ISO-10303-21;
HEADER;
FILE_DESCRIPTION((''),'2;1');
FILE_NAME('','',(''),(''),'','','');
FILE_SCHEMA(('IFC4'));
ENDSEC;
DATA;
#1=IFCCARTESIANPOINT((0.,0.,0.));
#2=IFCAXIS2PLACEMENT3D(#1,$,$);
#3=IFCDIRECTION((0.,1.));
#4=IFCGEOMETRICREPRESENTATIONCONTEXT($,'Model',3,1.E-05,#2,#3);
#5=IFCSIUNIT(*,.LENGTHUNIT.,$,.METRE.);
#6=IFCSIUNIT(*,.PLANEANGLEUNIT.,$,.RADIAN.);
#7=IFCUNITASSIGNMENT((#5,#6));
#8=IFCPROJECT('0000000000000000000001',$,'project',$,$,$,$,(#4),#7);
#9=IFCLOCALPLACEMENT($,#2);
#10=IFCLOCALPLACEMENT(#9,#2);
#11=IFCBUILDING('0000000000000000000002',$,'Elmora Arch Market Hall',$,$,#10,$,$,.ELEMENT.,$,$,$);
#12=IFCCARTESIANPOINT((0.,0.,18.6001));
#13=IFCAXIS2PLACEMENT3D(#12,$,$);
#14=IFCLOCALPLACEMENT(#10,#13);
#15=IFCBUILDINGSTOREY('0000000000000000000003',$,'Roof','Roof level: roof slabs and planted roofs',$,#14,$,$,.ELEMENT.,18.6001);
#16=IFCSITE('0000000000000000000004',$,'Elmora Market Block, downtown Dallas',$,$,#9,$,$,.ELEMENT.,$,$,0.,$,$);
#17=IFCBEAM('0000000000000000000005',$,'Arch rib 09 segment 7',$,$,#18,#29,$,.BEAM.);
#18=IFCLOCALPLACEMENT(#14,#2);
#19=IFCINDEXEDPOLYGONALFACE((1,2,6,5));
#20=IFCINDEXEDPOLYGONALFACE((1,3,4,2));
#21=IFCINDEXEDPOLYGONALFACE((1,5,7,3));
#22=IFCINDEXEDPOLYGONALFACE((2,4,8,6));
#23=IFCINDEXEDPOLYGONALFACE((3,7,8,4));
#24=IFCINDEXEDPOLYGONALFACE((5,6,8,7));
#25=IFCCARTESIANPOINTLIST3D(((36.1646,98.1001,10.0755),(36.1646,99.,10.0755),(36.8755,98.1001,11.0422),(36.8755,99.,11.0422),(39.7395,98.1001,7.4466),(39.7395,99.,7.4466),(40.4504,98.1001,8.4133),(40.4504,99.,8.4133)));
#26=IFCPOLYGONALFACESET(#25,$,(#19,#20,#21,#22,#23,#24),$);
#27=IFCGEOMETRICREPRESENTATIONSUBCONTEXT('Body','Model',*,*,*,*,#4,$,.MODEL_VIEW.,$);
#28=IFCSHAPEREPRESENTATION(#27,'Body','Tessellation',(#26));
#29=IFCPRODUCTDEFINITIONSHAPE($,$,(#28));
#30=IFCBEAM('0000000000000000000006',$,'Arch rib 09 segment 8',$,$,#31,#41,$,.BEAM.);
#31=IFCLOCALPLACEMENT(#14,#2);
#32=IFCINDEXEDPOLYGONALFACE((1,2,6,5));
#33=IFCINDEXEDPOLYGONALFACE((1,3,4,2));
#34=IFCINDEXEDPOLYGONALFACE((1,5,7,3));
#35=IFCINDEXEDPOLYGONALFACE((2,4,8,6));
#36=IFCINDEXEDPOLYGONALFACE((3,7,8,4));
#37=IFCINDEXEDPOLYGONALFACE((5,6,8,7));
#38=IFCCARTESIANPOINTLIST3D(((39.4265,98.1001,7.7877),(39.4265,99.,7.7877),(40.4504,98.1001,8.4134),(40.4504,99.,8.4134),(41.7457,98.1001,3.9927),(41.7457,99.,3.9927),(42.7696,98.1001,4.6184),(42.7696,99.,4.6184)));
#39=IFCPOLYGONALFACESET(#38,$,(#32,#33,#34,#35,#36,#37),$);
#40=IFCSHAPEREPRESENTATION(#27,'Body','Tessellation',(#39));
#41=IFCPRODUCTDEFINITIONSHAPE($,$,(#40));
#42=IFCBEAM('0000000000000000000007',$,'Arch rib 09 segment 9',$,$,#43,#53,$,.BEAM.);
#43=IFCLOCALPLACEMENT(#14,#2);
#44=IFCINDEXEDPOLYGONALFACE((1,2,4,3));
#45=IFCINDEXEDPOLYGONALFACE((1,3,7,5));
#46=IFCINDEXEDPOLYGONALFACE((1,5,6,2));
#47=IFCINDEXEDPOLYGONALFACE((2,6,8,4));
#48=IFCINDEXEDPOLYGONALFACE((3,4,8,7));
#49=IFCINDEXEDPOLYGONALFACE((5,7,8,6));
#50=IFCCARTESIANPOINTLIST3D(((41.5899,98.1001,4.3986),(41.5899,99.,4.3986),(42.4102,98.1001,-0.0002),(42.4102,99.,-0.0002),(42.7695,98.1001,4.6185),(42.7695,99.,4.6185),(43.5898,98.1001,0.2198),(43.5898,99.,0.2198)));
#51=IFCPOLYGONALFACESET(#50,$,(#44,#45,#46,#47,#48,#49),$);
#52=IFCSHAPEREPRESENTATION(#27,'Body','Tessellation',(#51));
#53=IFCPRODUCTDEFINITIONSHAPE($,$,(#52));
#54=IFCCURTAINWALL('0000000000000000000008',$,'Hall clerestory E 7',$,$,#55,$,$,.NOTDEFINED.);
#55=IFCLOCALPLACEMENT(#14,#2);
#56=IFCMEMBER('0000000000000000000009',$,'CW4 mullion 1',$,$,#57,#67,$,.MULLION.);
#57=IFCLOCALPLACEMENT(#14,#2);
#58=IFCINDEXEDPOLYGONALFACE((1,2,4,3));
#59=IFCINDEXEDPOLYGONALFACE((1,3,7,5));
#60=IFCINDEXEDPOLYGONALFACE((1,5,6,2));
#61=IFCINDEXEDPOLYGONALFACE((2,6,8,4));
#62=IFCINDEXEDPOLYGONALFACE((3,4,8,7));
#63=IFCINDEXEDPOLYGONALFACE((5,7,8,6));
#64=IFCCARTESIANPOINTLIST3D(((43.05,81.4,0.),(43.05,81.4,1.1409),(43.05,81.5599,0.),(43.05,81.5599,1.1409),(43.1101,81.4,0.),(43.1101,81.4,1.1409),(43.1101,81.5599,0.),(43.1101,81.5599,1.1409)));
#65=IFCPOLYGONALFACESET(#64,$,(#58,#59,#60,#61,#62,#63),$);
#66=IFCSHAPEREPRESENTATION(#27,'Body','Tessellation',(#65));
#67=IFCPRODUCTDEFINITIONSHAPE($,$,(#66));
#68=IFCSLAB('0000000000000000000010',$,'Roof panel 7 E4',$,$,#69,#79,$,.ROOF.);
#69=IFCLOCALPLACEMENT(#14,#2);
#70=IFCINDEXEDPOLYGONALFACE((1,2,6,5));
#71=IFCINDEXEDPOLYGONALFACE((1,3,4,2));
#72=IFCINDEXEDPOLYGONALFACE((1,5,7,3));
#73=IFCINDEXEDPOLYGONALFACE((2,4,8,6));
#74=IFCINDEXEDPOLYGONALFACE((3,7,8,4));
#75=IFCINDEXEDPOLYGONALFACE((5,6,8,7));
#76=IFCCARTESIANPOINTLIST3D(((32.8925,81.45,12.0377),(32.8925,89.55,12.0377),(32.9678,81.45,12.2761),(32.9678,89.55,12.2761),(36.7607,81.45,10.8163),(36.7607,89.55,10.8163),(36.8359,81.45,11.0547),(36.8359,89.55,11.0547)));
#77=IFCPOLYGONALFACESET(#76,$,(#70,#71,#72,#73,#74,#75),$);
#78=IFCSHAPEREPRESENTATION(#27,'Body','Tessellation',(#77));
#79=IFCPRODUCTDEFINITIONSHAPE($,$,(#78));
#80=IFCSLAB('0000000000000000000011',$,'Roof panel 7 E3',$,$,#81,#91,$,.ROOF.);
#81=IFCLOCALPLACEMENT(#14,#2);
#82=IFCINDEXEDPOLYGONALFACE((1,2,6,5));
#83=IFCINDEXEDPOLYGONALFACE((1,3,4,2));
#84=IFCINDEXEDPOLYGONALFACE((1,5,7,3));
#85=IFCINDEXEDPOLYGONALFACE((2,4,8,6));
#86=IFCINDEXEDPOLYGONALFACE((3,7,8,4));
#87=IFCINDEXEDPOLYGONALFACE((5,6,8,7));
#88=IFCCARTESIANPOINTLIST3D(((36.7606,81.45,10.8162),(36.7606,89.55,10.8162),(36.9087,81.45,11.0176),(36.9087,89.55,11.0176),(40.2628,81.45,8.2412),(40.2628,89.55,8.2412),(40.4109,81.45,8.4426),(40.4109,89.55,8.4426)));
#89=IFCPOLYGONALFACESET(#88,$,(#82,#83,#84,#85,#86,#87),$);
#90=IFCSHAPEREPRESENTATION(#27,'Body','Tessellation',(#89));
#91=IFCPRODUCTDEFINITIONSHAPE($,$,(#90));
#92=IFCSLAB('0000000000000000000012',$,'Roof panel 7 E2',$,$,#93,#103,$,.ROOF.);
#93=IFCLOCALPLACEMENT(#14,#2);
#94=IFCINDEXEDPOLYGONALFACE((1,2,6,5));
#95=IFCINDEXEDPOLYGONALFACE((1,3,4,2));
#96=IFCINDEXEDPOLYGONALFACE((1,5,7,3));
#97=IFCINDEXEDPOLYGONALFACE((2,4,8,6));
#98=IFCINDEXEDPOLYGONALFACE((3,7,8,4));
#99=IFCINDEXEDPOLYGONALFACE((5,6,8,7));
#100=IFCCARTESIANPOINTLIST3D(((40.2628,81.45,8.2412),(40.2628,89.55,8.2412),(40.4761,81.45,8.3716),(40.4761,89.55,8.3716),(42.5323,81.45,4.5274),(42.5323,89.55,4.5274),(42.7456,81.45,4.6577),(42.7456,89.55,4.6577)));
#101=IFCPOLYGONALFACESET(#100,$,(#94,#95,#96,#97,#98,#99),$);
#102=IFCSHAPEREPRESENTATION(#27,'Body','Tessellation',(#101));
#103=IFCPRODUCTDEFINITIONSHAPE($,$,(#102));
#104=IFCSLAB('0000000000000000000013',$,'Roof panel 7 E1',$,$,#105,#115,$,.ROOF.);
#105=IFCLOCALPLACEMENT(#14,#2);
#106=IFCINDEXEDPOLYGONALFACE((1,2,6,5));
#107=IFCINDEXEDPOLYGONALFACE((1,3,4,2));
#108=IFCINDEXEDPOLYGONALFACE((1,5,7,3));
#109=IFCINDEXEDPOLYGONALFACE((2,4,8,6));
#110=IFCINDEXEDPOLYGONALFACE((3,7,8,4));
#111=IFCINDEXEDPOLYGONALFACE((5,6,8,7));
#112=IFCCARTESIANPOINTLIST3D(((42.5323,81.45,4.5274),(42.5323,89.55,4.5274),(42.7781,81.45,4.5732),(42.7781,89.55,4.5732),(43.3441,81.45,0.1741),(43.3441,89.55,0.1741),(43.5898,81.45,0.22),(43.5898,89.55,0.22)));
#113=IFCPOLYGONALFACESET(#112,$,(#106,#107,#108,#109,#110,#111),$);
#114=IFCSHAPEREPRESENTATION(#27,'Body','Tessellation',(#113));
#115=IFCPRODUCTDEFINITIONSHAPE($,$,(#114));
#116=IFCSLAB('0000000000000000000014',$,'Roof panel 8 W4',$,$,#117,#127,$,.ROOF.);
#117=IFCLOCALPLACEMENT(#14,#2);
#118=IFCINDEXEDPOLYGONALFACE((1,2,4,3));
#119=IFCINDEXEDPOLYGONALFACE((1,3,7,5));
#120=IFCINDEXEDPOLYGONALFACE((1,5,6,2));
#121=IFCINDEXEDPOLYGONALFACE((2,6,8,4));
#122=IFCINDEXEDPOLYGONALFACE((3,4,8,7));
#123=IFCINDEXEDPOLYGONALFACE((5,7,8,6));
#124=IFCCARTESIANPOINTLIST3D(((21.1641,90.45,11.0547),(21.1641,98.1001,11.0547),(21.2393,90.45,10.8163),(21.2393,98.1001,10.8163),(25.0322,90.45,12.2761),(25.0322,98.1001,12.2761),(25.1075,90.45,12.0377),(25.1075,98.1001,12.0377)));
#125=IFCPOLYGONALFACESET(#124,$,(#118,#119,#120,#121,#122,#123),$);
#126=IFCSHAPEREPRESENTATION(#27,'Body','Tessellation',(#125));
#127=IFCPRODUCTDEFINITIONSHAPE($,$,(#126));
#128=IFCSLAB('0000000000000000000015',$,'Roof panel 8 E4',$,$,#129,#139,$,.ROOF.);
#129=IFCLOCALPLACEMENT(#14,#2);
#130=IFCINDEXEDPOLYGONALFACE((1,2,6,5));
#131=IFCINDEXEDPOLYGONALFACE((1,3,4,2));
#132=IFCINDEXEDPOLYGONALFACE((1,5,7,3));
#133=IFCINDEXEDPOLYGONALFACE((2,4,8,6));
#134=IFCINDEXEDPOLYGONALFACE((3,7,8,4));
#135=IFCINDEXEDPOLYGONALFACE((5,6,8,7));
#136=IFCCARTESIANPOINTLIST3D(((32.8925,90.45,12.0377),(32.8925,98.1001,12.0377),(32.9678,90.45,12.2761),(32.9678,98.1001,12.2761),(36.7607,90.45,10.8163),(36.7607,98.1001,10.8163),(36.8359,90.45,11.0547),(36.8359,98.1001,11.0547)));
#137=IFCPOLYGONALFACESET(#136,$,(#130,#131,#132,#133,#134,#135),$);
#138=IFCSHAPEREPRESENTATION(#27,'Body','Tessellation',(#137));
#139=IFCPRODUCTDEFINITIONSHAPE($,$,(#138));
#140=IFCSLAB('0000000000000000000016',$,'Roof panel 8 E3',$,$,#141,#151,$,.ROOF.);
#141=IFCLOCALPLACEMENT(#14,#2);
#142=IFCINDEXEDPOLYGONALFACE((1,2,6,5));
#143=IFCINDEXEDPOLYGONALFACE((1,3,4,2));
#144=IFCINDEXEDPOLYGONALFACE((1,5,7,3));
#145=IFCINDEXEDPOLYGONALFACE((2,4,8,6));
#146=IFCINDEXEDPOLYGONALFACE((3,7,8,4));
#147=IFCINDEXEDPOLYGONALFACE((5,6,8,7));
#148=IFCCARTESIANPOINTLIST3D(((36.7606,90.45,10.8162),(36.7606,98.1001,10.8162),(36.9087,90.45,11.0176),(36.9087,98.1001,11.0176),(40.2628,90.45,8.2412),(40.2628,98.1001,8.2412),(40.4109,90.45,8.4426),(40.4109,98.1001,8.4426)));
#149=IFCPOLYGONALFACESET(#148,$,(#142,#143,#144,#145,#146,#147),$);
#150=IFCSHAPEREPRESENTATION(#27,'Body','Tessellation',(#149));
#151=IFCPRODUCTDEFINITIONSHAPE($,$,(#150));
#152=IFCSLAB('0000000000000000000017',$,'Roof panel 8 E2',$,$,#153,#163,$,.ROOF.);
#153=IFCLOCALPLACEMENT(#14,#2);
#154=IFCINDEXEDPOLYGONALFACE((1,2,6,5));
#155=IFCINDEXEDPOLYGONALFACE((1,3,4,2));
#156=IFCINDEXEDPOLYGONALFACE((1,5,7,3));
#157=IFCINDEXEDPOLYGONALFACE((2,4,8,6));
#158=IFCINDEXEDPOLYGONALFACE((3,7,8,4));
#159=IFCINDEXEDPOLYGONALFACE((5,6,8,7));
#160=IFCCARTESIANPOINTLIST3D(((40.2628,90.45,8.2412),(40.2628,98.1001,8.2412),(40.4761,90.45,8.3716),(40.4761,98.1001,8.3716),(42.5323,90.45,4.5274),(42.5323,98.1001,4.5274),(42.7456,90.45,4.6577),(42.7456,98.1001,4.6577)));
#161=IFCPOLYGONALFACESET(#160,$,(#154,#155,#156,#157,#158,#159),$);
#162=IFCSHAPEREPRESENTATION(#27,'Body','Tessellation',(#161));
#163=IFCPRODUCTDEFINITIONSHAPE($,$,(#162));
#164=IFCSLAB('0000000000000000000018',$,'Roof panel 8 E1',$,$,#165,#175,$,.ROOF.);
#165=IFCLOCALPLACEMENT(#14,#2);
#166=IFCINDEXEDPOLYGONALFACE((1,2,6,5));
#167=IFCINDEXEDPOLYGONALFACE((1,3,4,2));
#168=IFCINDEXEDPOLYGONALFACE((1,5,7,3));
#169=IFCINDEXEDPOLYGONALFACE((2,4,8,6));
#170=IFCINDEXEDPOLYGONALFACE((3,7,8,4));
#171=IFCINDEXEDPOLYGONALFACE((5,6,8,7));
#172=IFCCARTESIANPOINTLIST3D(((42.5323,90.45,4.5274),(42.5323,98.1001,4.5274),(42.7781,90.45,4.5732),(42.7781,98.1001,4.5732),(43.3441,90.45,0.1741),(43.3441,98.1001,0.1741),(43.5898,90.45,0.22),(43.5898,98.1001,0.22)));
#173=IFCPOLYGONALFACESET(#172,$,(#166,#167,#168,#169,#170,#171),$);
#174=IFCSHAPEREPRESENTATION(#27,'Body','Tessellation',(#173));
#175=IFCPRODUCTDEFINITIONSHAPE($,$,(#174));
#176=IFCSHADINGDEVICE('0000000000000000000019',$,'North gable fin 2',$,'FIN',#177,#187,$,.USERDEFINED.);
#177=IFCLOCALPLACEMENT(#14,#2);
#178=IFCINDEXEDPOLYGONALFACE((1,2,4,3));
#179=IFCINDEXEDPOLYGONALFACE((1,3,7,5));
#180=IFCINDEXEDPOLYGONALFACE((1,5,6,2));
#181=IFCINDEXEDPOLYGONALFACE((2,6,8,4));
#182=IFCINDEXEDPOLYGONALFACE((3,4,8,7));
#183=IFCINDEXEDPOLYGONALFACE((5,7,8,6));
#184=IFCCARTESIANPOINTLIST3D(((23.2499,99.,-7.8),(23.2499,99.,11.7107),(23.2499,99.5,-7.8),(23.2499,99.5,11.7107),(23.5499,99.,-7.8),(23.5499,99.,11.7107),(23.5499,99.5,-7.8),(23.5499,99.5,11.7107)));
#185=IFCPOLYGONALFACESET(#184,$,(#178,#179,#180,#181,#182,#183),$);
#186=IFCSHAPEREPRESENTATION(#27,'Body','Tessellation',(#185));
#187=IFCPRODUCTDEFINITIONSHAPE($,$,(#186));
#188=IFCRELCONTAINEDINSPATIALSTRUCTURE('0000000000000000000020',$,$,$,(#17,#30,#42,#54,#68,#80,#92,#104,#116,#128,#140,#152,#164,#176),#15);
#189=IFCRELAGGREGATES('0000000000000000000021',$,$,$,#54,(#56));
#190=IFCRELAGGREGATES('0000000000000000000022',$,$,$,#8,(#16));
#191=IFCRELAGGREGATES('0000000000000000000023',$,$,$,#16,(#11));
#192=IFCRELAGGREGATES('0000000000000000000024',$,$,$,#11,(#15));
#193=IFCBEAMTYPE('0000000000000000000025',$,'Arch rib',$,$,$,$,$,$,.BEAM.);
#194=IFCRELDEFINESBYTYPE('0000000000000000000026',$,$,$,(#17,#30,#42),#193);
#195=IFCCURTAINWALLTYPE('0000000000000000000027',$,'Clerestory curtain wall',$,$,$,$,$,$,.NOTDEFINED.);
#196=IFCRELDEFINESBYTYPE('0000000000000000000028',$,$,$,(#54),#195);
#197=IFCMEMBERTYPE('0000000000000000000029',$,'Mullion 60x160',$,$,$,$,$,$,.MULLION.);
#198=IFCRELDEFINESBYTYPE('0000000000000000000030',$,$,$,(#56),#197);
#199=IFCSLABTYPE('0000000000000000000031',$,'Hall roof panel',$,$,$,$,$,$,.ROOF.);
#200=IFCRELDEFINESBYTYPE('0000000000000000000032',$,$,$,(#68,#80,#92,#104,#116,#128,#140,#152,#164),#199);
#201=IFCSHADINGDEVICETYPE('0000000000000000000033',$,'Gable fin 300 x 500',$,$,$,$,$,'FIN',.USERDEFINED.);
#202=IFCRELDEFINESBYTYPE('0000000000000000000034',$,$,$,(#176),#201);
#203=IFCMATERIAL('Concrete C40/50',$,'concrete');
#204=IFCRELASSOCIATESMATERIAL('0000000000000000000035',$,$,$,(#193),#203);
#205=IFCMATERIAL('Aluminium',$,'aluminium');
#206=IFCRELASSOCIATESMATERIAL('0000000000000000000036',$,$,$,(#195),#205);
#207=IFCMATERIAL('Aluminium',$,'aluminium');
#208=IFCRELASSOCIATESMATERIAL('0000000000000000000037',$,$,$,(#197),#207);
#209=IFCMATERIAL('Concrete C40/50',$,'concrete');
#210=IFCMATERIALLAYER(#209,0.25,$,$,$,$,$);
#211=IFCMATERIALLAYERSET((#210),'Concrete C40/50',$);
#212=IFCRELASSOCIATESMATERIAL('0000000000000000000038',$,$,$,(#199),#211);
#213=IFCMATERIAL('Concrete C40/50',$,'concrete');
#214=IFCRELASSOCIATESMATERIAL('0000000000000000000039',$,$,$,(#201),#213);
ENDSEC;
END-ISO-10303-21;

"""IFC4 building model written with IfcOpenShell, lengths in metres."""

from ifc_helpers import new_model, si_unit, direction, frame, origin, origin_2d, place, context, subcontext, project, spatial, polyline, rectangle, outline, extrude, material, layer, layer_set, material_profile, profile_set, type_object, element, aggregate, save


model = new_model("IFC4")

# Units and contexts
model_context = context("Model", 3, precision=1e-05, world=origin(), true_north=direction((0.0, 1.0)))
body_context = subcontext(model_context, "Body", "Model", "MODEL_VIEW")
ifc_project = project(units=[si_unit("LENGTHUNIT", "METRE"), si_unit("PLANEANGLEUNIT", "RADIAN")], contexts=[model_context])

# Site, building, storey
site_placement = place(None, origin())
site = spatial("IfcSite", under=ifc_project, at=site_placement, Name="Elmora Market Block, downtown Dallas", CompositionType="ELEMENT", RefElevation=0.0)
building_placement = place(site_placement, origin())
building = spatial("IfcBuilding", under=site, at=building_placement, Name="Elmora Arch Market Hall", CompositionType="ELEMENT")
storey_placement = place(building_placement, frame((0.0, 0.0, 18.6001)))
storey = spatial("IfcBuildingStorey", under=building, at=storey_placement, Name="Roof", Description="Roof level: roof slabs and planted roofs", CompositionType="ELEMENT", Elevation=18.6001)

# Beams
ifc_material_1 = material(Name="Concrete C40/50", Category="concrete")
ifc_material_profile_1 = material_profile(ifc_material_1, rectangle(XDim=0.8999, YDim=1.2, at=origin_2d()), Name="Arch rib")
ifc_profile_set_1 = profile_set([ifc_material_profile_1], Name="Concrete C40/50")
beam_type = type_object("IfcBeamType", Name="Arch rib", PredefinedType="BEAM", material=ifc_profile_set_1)
beam_1_placement = place(storey_placement, frame((36.52, 98.55, 10.5588), z_axis=(0.805622, 0.0, -0.592429), x_axis=(0.0, 1.0, 0.0)))
element("IfcBeam", 1, at=beam_1_placement, inside=storey, type_object=beam_type, Name="Arch rib 09 segment 7", PredefinedType="BEAM", context=body_context, shape_type="SweptSolid", body=[
    extrude(rectangle(XDim=0.8999, YDim=1.2, at=origin_2d()), origin(), (0.0, 0.0, 1.0), 4.4375),
])
beam_2_placement = place(storey_placement, frame((39.9385, 98.55, 8.1006), z_axis=(0.521446, 0.0, -0.853285), x_axis=(0.0, 1.0, 0.0)))
element("IfcBeam", 2, at=beam_2_placement, inside=storey, type_object=beam_type, Name="Arch rib 09 segment 8", PredefinedType="BEAM", context=body_context, shape_type="SweptSolid", body=[
    extrude(rectangle(XDim=0.8999, YDim=1.2, at=origin_2d()), origin(), (0.0, 0.0, 1.0), 4.4475),
])
beam_3_placement = place(storey_placement, frame((42.1797, 98.55, 4.5085), z_axis=(0.18333, 0.0, -0.983051), x_axis=(0.0, 1.0, 0.0)))
element("IfcBeam", 3, at=beam_3_placement, inside=storey, type_object=beam_type, Name="Arch rib 09 segment 9", PredefinedType="BEAM", context=body_context, shape_type="SweptSolid", body=[
    extrude(rectangle(XDim=0.8999, YDim=1.2, at=origin_2d()), origin(), (0.0, 0.0, 1.0), 4.4746),
])

# Curtain wall, member
ifc_material_2 = material(Name="Aluminium", Category="aluminium")
curtain_wall_type = type_object("IfcCurtainWallType", Name="Clerestory curtain wall", PredefinedType="NOTDEFINED", material=ifc_material_2)
curtain_wall_placement = place(storey_placement, origin())
curtain_wall = element("IfcCurtainWall", 4, at=curtain_wall_placement, inside=storey, type_object=curtain_wall_type, Name="Hall clerestory E 7", PredefinedType="NOTDEFINED")
ifc_material_3 = material(Name="Aluminium", Category="aluminium")
ifc_material_profile_2 = material_profile(ifc_material_3, rectangle(XDim=0.0601, YDim=0.1599, at=origin_2d()), Name="AL 60x160")
ifc_profile_set_2 = profile_set([ifc_material_profile_2], Name="Aluminium")
member_type = type_object("IfcMemberType", Name="Mullion 60x160", PredefinedType="MULLION", material=ifc_profile_set_2)
member_placement = place(storey_placement, frame((43.0801, 81.48, 0.0), z_axis=(0.0, 0.0, 1.0), x_axis=(-1.0, 0.0, 0.0)))
member = element("IfcMember", 5, at=member_placement, type_object=member_type, Name="CW4 mullion 1", PredefinedType="MULLION", context=body_context, shape_type="SweptSolid", body=[
    extrude(rectangle(XDim=0.0601, YDim=0.1599, at=origin_2d()), origin(), (0.0, 0.0, 1.0), 1.1409),
])
aggregate(curtain_wall, [member])

# Slabs
ifc_material_4 = material(Name="Concrete C40/50", Category="concrete")
ifc_layer = layer(ifc_material_4, 0.25)
ifc_layer_set = layer_set([ifc_layer], Name="Concrete C40/50")
slab_type = type_object("IfcSlabType", Name="Hall roof panel", PredefinedType="ROOF", material=ifc_layer_set)
slab_1_placement = place(storey_placement, frame((32.9678, 81.45, 12.2761), z_axis=(0.301111, 0.0, 0.953589), x_axis=(0.0, 1.0, 0.0)))
element("IfcSlab", 6, at=slab_1_placement, inside=storey, type_object=slab_type, Name="Roof panel 7 E4", PredefinedType="ROOF", context=body_context, shape_type="SweptSolid", body=[
    extrude(outline(polyline([(0.0, 0.0), (8.1001, 0.0), (8.1001, -4.0564), (0.0, -4.0564), (0.0, 0.0)])), origin(), (0.0, 0.0, -1.0), 0.25),
])
slab_2_placement = place(storey_placement, frame((36.9087, 81.45, 11.0176), z_axis=(0.592362, 0.0, 0.805672), x_axis=(0.0, 1.0, 0.0)))
element("IfcSlab", 7, at=slab_2_placement, inside=storey, type_object=slab_type, Name="Roof panel 7 E3", PredefinedType="ROOF", context=body_context, shape_type="SweptSolid", body=[
    extrude(outline(polyline([(0.0, 0.0), (8.1001, 0.0), (8.1001, -4.3469), (0.0, -4.3469), (0.0, 0.0)])), origin(), (0.0, 0.0, -1.0), 0.25),
])
slab_3_placement = place(storey_placement, frame((40.4761, 81.45, 8.3716), z_axis=(0.853287, 0.0, 0.521441), x_axis=(0.0, 1.0, 0.0)))
element("IfcSlab", 8, at=slab_3_placement, inside=storey, type_object=slab_type, Name="Roof panel 7 E2", PredefinedType="ROOF", context=body_context, shape_type="SweptSolid", body=[
    extrude(outline(polyline([(0.0, 0.0), (8.1001, 0.0), (8.1001, -4.3524), (0.0, -4.3524), (0.0, 0.0)])), origin(), (0.0, 0.0, -1.0), 0.25),
])
slab_4_placement = place(storey_placement, frame((42.7781, 81.45, 4.5732), z_axis=(0.983055, 0.0, 0.183313), x_axis=(0.0, 1.0, 0.0)))
element("IfcSlab", 9, at=slab_4_placement, inside=storey, type_object=slab_type, Name="Roof panel 7 E1", PredefinedType="ROOF", context=body_context, shape_type="SweptSolid", body=[
    extrude(outline(polyline([(0.0, 0.0), (8.1001, 0.0), (8.1001, -4.4283), (0.0, -4.4283), (0.0, 0.0)])), origin(), (0.0, 0.0, -1.0), 0.25),
])
for number, where, z_axis, x_axis, name in (
    (10, (21.1641, 90.45, 11.0547), (-0.301111, 0.0, 0.953589), (0.0, 1.0, 0.0), "Roof panel 8 W4"),
    (11, (32.9678, 90.45, 12.2761), (0.301111, 0.0, 0.953589), (0.0, 1.0, 0.0), "Roof panel 8 E4"),
):
    element("IfcSlab", number, at=place(storey_placement, frame(where, z_axis=z_axis, x_axis=x_axis)), inside=storey, type_object=slab_type, Name=name, PredefinedType="ROOF", context=body_context, shape_type="SweptSolid", body=[
        extrude(outline(polyline([(0.0, 0.0), (7.6501, 0.0), (7.6501, -4.0564), (0.0, -4.0564), (0.0, 0.0)])), origin(), (0.0, 0.0, -1.0), 0.25),
    ])
slab_5_placement = place(storey_placement, frame((36.9087, 90.45, 11.0176), z_axis=(0.592362, 0.0, 0.805672), x_axis=(0.0, 1.0, 0.0)))
element("IfcSlab", 12, at=slab_5_placement, inside=storey, type_object=slab_type, Name="Roof panel 8 E3", PredefinedType="ROOF", context=body_context, shape_type="SweptSolid", body=[
    extrude(outline(polyline([(0.0, 0.0), (7.6501, 0.0), (7.6501, -4.3469), (0.0, -4.3469), (0.0, 0.0)])), origin(), (0.0, 0.0, -1.0), 0.25),
])
slab_6_placement = place(storey_placement, frame((40.4761, 90.45, 8.3716), z_axis=(0.853287, 0.0, 0.521441), x_axis=(0.0, 1.0, 0.0)))
element("IfcSlab", 13, at=slab_6_placement, inside=storey, type_object=slab_type, Name="Roof panel 8 E2", PredefinedType="ROOF", context=body_context, shape_type="SweptSolid", body=[
    extrude(outline(polyline([(0.0, 0.0), (7.6501, 0.0), (7.6501, -4.3524), (0.0, -4.3524), (0.0, 0.0)])), origin(), (0.0, 0.0, -1.0), 0.25),
])
slab_7_placement = place(storey_placement, frame((42.7781, 90.45, 4.5732), z_axis=(0.983055, 0.0, 0.183313), x_axis=(0.0, 1.0, 0.0)))
element("IfcSlab", 14, at=slab_7_placement, inside=storey, type_object=slab_type, Name="Roof panel 8 E1", PredefinedType="ROOF", context=body_context, shape_type="SweptSolid", body=[
    extrude(outline(polyline([(0.0, 0.0), (7.6501, 0.0), (7.6501, -4.4283), (0.0, -4.4283), (0.0, 0.0)])), origin(), (0.0, 0.0, -1.0), 0.25),
])

# Shading device
ifc_material_5 = material(Name="Concrete C40/50", Category="concrete")
shading_device_type = type_object("IfcShadingDeviceType", Name="Gable fin 300 x 500", ElementType="FIN", PredefinedType="USERDEFINED", material=ifc_material_5)
shading_device_1_placement = place(storey_placement, frame((23.3999, 99.25, -7.8), z_axis=(0.0, 0.0, 1.0), x_axis=(1.0, 0.0, 0.0)))
element("IfcShadingDevice", 15, at=shading_device_1_placement, inside=storey, type_object=shading_device_type, Name="North gable fin 2", ObjectType="FIN", PredefinedType="USERDEFINED", context=body_context, shape_type="SweptSolid", body=[
    extrude(rectangle(XDim=0.3, YDim=0.5, at=origin_2d()), origin(), (0.0, 0.0, 1.0), 19.5107),
])

save(model, "model.ifc")
